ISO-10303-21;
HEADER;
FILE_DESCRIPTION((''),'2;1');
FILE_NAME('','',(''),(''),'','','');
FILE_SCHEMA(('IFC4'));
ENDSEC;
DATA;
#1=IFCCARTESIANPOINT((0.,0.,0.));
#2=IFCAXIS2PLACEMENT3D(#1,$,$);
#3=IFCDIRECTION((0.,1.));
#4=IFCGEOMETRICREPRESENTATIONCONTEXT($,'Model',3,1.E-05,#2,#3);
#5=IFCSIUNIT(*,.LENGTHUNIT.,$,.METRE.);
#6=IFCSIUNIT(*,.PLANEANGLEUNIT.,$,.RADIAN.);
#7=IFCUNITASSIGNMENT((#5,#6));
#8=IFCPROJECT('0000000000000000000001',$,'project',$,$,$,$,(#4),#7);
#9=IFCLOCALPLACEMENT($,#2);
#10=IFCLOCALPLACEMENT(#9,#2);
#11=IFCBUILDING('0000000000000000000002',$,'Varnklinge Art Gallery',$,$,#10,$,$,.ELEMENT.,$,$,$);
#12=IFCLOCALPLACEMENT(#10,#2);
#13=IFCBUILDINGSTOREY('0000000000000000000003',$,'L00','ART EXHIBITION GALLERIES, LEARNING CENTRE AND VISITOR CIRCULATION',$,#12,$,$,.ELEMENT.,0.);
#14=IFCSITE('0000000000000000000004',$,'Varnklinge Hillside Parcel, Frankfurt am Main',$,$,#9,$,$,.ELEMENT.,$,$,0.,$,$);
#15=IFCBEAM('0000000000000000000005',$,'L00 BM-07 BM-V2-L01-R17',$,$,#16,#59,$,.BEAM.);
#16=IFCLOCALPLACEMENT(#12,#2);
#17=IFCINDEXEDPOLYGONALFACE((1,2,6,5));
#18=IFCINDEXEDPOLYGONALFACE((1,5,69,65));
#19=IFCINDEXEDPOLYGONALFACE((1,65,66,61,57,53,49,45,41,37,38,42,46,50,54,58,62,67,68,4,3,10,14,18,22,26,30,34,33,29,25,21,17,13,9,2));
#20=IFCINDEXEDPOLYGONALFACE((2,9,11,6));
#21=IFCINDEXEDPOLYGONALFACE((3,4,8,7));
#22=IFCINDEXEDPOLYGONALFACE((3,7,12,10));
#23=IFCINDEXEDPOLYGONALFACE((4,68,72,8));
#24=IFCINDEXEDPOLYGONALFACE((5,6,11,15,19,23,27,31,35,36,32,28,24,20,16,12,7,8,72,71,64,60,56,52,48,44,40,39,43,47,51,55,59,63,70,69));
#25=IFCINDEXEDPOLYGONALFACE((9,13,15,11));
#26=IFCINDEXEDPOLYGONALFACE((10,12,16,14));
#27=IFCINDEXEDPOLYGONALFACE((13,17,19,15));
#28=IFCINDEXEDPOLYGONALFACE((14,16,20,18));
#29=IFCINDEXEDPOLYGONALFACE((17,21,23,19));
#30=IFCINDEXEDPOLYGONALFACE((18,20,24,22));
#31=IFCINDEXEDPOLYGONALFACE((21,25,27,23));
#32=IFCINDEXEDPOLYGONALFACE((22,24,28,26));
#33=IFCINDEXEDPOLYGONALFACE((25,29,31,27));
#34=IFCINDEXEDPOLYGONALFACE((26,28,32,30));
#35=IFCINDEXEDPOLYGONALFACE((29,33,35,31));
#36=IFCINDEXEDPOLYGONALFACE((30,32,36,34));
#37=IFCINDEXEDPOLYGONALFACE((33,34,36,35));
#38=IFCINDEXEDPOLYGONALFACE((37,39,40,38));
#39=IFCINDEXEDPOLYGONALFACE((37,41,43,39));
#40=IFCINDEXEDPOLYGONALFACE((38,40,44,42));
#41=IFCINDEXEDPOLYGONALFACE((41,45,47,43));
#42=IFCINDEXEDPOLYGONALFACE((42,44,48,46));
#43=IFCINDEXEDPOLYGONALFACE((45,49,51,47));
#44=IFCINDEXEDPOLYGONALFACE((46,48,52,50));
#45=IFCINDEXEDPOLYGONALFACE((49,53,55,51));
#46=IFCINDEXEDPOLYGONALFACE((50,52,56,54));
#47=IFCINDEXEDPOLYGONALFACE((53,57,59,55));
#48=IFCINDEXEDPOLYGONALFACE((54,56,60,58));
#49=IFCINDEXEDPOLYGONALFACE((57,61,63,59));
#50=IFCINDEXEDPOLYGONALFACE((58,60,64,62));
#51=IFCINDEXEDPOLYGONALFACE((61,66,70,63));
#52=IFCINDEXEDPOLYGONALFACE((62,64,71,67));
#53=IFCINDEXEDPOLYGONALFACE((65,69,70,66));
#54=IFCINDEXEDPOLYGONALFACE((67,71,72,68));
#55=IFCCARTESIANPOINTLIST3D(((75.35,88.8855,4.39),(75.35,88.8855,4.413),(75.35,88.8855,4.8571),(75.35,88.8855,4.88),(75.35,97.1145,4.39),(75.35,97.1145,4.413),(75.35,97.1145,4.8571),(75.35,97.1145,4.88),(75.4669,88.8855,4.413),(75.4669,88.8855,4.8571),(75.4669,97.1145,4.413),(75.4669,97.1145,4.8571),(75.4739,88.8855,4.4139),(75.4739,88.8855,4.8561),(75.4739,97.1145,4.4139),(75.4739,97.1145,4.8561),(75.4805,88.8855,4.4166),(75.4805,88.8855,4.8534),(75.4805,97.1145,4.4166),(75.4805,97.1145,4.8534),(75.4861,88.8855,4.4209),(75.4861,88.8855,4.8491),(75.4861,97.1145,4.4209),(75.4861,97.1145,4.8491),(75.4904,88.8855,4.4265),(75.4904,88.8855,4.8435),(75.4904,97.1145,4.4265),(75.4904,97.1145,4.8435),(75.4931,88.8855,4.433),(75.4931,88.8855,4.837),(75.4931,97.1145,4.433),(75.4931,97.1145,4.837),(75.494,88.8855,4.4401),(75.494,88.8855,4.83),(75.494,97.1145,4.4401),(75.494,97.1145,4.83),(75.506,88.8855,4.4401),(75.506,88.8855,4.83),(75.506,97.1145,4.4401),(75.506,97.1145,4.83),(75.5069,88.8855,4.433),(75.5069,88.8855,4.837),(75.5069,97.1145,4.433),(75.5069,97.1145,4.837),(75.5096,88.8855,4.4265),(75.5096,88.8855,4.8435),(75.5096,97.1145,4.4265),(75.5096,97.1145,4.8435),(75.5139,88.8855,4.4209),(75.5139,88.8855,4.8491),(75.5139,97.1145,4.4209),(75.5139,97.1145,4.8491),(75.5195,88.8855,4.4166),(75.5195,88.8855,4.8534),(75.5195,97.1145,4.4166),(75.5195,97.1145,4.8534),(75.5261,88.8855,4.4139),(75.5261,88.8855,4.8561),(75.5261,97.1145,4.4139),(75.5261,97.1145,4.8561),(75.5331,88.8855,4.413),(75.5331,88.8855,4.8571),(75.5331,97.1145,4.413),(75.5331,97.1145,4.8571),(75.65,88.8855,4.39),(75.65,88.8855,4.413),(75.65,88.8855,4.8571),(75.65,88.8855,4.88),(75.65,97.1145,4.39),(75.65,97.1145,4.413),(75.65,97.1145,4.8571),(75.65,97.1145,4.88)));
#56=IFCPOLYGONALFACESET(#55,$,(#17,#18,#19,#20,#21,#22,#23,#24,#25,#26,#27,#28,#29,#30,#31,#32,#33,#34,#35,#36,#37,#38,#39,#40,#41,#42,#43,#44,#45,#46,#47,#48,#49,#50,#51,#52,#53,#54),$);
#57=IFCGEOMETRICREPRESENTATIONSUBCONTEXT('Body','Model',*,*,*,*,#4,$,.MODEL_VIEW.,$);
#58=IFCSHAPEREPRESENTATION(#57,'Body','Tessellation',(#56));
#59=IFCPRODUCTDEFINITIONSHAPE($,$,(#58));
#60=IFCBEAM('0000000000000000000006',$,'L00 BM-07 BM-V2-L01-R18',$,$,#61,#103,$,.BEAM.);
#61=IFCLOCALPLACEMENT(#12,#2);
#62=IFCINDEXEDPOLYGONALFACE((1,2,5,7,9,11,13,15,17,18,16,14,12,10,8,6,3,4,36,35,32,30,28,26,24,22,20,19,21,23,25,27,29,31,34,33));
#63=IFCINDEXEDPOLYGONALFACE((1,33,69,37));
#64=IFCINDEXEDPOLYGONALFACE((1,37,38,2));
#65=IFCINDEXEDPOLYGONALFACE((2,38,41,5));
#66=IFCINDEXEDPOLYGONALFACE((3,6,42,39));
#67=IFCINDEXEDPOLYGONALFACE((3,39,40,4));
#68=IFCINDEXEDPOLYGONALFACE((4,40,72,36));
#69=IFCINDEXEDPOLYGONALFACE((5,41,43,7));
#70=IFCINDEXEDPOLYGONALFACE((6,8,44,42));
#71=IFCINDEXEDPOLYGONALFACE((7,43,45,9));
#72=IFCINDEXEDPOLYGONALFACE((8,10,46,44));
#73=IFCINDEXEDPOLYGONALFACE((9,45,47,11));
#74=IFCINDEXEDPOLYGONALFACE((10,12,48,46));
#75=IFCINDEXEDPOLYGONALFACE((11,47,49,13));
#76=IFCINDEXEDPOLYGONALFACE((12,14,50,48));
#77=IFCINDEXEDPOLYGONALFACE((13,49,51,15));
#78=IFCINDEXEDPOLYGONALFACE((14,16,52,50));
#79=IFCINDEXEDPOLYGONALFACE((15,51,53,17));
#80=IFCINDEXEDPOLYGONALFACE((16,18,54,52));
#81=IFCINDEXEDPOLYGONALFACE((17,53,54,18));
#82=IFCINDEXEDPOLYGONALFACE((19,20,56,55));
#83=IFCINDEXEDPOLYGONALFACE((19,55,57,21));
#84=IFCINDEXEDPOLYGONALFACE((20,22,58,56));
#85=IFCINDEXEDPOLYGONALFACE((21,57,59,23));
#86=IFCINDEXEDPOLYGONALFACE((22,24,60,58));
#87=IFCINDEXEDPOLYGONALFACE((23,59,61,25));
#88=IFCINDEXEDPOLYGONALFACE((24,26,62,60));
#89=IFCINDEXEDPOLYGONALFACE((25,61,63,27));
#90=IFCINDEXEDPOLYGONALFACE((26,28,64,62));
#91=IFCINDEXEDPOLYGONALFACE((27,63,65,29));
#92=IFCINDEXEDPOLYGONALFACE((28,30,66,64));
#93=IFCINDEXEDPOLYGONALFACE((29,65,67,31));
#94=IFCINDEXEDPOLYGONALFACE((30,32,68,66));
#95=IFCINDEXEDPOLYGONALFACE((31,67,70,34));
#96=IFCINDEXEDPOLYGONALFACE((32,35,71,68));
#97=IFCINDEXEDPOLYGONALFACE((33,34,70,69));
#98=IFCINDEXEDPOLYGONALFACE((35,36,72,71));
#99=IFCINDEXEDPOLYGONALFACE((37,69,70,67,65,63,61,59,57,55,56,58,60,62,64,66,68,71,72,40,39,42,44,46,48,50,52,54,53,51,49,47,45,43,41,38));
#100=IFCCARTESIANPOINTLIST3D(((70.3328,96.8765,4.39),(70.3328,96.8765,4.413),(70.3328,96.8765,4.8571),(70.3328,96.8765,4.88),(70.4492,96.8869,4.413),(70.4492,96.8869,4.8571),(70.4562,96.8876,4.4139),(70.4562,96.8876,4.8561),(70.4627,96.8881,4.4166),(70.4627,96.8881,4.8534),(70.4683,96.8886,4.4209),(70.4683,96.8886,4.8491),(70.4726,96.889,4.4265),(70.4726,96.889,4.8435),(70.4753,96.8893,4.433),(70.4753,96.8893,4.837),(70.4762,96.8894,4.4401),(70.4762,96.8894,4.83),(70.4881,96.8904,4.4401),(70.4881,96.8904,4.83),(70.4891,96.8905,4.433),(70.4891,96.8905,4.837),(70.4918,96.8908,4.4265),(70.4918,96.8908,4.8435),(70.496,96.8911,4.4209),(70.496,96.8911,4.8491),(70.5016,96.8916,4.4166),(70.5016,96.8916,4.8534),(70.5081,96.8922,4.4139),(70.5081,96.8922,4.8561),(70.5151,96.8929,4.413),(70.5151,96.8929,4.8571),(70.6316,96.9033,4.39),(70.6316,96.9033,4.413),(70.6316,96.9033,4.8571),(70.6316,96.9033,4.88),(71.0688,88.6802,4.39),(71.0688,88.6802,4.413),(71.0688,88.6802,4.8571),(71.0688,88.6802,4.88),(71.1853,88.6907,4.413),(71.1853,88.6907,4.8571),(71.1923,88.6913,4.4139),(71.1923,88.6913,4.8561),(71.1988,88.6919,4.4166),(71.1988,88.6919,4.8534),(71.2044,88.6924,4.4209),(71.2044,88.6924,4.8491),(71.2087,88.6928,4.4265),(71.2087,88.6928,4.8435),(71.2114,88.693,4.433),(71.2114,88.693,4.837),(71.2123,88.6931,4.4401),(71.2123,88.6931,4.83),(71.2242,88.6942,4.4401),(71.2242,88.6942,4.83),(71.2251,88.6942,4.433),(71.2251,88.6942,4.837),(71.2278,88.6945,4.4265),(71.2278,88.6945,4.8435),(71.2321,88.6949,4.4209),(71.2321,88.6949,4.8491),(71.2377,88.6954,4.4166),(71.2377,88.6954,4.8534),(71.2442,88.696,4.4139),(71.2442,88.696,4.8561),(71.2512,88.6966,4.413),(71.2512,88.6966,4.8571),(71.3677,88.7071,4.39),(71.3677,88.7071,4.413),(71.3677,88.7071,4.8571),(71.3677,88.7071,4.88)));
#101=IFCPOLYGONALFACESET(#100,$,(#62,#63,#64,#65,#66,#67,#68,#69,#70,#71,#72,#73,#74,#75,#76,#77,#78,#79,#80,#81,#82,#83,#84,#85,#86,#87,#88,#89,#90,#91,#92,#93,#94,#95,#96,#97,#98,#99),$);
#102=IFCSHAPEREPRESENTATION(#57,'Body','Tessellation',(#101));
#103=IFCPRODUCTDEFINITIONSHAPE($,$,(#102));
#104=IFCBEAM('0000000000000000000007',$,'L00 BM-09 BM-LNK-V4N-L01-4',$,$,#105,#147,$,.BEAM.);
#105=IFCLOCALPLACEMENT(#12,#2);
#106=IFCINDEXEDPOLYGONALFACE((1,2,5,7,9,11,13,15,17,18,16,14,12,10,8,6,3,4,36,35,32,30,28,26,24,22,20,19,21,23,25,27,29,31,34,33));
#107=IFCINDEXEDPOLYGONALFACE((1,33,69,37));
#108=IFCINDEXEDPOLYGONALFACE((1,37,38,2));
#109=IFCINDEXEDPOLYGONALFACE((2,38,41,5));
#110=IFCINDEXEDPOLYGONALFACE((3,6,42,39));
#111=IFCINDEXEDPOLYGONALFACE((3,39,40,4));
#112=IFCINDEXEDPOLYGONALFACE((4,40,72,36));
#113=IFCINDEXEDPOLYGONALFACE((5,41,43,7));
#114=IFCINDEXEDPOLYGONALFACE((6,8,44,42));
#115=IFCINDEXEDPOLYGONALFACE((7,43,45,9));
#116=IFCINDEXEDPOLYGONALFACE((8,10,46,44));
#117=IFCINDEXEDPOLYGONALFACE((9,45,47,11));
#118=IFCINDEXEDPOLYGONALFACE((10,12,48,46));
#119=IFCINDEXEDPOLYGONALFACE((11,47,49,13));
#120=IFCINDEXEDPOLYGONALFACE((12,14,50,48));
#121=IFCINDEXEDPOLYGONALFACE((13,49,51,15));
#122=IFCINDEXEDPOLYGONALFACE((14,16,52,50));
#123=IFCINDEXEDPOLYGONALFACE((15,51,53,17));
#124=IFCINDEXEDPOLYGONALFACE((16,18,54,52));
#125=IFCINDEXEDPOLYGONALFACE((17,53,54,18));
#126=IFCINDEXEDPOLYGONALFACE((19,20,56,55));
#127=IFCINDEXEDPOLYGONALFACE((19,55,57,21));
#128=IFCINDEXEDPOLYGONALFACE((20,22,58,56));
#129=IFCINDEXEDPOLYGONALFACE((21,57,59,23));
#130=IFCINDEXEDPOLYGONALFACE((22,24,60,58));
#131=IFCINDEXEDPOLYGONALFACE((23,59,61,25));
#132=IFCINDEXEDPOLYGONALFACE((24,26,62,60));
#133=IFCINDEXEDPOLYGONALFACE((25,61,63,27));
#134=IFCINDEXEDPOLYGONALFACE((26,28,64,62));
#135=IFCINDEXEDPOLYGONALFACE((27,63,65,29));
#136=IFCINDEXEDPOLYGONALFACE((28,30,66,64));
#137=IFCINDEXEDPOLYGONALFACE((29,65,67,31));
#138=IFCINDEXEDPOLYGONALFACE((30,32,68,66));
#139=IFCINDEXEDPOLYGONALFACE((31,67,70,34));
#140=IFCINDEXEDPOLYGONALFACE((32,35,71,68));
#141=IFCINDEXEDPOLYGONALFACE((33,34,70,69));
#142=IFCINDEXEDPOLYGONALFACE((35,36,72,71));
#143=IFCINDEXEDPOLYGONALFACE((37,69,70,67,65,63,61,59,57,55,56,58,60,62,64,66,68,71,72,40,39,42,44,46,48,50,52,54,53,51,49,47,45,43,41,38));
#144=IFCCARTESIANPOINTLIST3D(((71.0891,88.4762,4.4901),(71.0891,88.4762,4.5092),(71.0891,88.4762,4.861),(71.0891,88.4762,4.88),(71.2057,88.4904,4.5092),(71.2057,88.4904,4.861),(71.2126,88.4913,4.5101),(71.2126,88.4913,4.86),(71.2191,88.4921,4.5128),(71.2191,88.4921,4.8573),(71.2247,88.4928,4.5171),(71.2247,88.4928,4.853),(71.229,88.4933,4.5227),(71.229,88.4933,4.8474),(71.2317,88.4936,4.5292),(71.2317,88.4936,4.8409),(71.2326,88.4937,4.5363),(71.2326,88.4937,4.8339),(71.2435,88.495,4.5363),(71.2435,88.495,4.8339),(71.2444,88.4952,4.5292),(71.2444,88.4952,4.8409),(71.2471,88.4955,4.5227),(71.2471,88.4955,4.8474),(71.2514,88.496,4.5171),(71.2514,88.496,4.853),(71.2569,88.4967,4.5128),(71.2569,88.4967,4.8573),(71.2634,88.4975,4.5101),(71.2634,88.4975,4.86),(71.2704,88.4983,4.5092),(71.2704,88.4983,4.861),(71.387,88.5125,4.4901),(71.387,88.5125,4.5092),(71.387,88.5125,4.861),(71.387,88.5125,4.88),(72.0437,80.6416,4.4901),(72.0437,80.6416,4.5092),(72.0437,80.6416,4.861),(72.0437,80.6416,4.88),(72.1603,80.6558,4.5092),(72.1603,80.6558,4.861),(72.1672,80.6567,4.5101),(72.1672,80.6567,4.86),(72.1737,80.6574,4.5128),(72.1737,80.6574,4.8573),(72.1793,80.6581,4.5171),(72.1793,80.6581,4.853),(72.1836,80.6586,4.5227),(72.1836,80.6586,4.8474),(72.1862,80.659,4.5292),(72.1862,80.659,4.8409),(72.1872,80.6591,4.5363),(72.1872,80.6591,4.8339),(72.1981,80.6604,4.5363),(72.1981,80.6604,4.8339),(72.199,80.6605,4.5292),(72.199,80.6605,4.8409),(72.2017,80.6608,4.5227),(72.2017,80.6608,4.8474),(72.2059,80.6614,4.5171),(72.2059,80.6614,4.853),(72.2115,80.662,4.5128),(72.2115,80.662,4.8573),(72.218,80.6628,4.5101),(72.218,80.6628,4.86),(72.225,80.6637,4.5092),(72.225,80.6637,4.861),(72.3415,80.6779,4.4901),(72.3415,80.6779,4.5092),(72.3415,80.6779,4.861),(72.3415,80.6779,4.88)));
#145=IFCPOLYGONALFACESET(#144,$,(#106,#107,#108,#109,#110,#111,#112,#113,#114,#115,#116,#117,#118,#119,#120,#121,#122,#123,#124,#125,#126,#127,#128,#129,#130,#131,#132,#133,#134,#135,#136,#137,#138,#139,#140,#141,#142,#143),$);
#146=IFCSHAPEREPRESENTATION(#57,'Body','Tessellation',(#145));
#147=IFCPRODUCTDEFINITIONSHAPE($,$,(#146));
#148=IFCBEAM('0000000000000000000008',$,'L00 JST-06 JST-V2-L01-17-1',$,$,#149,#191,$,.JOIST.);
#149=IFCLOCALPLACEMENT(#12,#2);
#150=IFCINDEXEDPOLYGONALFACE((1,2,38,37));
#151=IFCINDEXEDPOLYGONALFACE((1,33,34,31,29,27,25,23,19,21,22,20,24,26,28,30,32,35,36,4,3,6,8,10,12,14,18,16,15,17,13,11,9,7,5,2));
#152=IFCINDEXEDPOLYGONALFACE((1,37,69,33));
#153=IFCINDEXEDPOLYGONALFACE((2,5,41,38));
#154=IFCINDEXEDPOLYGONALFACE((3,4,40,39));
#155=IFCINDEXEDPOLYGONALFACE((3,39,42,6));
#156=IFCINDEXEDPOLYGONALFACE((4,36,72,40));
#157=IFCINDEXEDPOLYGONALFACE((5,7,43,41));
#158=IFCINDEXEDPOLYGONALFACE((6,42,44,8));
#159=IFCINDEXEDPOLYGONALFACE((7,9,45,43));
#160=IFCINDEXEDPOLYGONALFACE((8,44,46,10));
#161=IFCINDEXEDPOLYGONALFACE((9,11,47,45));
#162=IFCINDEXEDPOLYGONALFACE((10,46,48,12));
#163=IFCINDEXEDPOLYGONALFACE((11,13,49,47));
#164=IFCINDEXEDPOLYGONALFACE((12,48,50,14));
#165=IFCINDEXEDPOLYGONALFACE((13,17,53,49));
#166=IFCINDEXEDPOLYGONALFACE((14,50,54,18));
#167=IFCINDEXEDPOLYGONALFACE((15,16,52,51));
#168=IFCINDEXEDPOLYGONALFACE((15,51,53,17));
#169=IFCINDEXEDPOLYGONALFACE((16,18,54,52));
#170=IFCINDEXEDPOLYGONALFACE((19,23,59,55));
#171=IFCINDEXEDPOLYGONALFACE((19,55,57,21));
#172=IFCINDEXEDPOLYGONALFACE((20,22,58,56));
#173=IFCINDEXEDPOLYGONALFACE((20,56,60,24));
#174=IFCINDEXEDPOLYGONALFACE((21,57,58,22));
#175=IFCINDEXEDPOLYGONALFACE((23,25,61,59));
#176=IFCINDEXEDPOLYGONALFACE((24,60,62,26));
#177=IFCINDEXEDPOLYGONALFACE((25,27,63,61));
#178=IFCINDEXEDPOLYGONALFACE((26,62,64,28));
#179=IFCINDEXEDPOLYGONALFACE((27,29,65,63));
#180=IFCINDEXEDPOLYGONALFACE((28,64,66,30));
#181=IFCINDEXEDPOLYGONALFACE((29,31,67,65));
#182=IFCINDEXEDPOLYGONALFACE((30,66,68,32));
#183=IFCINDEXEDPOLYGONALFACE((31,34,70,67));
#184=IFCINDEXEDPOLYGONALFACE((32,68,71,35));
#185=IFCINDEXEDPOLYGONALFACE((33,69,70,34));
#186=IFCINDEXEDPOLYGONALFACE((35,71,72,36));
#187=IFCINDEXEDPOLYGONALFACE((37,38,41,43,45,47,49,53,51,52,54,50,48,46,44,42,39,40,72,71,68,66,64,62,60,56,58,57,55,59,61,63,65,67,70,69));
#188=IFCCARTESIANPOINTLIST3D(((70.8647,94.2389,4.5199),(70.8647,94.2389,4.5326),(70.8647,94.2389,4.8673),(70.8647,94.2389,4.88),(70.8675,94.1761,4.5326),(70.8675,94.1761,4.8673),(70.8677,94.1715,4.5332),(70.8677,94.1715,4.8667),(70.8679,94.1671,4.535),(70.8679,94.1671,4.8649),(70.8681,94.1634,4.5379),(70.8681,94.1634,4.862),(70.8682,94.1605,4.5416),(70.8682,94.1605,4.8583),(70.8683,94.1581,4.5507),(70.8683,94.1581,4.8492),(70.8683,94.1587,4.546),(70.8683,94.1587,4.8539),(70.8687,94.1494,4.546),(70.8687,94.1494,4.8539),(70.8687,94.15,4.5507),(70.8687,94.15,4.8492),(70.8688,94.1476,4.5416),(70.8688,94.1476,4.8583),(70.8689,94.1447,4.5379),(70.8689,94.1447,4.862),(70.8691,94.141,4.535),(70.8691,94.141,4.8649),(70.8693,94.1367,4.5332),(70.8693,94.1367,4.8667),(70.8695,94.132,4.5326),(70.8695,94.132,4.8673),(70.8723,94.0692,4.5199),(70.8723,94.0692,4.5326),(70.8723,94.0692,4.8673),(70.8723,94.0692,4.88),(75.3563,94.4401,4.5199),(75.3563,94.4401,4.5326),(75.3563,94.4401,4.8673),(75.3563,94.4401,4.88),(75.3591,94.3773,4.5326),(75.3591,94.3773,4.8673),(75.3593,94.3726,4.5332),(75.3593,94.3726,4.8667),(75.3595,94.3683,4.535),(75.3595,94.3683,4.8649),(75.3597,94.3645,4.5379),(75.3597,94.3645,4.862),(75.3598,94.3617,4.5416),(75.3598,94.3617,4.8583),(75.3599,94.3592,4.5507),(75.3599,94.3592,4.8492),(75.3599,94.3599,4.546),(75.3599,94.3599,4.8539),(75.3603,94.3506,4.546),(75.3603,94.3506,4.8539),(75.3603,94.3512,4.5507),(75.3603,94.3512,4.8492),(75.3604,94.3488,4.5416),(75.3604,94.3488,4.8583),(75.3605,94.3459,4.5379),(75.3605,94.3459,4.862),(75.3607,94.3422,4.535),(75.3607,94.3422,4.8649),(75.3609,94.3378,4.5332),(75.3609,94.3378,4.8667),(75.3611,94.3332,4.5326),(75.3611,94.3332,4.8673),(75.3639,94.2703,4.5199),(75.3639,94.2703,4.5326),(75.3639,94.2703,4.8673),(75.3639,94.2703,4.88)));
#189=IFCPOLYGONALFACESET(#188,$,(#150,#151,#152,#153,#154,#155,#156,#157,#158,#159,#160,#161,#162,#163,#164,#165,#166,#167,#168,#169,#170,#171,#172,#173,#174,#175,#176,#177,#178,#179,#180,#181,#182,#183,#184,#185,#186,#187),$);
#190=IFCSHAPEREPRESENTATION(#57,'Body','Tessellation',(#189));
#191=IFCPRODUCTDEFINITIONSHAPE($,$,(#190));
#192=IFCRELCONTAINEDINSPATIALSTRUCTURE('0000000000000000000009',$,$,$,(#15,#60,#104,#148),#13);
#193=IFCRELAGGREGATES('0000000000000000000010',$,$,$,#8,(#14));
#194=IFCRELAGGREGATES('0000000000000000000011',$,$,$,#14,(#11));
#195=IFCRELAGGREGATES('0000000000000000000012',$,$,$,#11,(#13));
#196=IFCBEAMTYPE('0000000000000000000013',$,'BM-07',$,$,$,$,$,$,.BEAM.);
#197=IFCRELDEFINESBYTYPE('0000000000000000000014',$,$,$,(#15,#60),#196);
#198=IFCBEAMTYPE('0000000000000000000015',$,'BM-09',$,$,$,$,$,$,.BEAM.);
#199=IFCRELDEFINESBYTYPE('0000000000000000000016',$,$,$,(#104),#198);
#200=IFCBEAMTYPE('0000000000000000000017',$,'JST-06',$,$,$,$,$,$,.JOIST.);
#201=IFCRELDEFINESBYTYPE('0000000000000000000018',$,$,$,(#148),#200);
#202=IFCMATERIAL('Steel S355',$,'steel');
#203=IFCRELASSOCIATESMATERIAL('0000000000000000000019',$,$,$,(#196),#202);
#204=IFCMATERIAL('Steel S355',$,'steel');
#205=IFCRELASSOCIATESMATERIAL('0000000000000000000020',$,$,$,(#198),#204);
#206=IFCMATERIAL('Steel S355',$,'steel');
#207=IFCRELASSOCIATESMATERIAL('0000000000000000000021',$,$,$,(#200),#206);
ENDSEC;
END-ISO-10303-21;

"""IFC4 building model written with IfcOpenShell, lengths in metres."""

from ifc_helpers import new_model, si_unit, direction, frame, origin, origin_2d, place, context, subcontext, project, spatial, i_section, extrude, material, material_profile, profile_set, type_object, element, save


model = new_model("IFC4")

# Units and contexts
model_context = context("Model", 3, precision=1e-05, world=origin(), true_north=direction((0.0, 1.0)))
body_context = subcontext(model_context, "Body", "Model", "MODEL_VIEW")
ifc_project = project(units=[si_unit("LENGTHUNIT", "METRE"), si_unit("PLANEANGLEUNIT", "RADIAN")], contexts=[model_context])

# Site, building, storey
site_placement = place(None, origin())
site = spatial("IfcSite", under=ifc_project, at=site_placement, Name="Varnklinge Hillside Parcel, Frankfurt am Main", CompositionType="ELEMENT", RefElevation=0.0)
building_placement = place(site_placement, origin())
building = spatial("IfcBuilding", under=site, at=building_placement, Name="Varnklinge Art Gallery", CompositionType="ELEMENT")
storey_placement = place(building_placement, origin())
storey = spatial("IfcBuildingStorey", under=building, at=storey_placement, Name="L00", Description="ART EXHIBITION GALLERIES, LEARNING CENTRE AND VISITOR CIRCULATION", CompositionType="ELEMENT", Elevation=0.0)

# Beams
ifc_material_1 = material(Name="Steel S355", Category="steel")
ifc_material_profile_1 = material_profile(ifc_material_1, i_section(OverallWidth=0.3, OverallDepth=0.49, WebThickness=0.012, FlangeThickness=0.0229, FilletRadius=0.0271, at=origin_2d()), Name="HEA 500")
ifc_profile_set_1 = profile_set([ifc_material_profile_1], Name="Steel S355")
beam_type_1 = type_object("IfcBeamType", Name="BM-07", PredefinedType="BEAM", material=ifc_profile_set_1)
beam_1_placement = place(storey_placement, frame((75.5, 97.1145, 4.635), z_axis=(0.0, -1.0, 0.0), x_axis=(1.0, 0.0, 0.0)))
element("IfcBeam", 1, at=beam_1_placement, inside=storey, type_object=beam_type_1, Name="L00 BM-07 BM-V2-L01-R17", PredefinedType="BEAM", context=body_context, shape_type="SweptSolid", body=[
    extrude(i_section(OverallWidth=0.3, OverallDepth=0.49, WebThickness=0.012, FlangeThickness=0.0229, FilletRadius=0.0271, at=origin_2d()), origin(), (0.0, 0.0, 1.0), 8.229),
])
beam_2_placement = place(storey_placement, frame((70.4822, 96.8899, 4.635), z_axis=(0.089447, -0.995992, 0.0), x_axis=(0.995992, 0.089447, 0.0)))
element("IfcBeam", 2, at=beam_2_placement, inside=storey, type_object=beam_type_1, Name="L00 BM-07 BM-V2-L01-R18", PredefinedType="BEAM", context=body_context, shape_type="SweptSolid", body=[
    extrude(i_section(OverallWidth=0.3, OverallDepth=0.49, WebThickness=0.012, FlangeThickness=0.0229, FilletRadius=0.0271, at=origin_2d()), origin(), (0.0, 0.0, 1.0), 8.2292),
])
ifc_material_2 = material(Name="Steel S355", Category="steel")
ifc_material_profile_2 = material_profile(ifc_material_2, i_section(OverallWidth=0.3, OverallDepth=0.3899, WebThickness=0.011, FlangeThickness=0.019, FilletRadius=0.0271, at=origin_2d()), Name="HEA 400")
ifc_profile_set_2 = profile_set([ifc_material_profile_2], Name="Steel S355")
beam_type_2 = type_object("IfcBeamType", Name="BM-09", PredefinedType="BEAM", material=ifc_profile_set_2)
beam_3_placement = place(storey_placement, frame((71.238, 88.4944, 4.6851), z_axis=(0.120947, -0.992659, 0.0), x_axis=(0.992659, 0.120947, 0.0)))
element("IfcBeam", 3, at=beam_3_placement, inside=storey, type_object=beam_type_2, Name="L00 BM-09 BM-LNK-V4N-L01-4", PredefinedType="BEAM", context=body_context, shape_type="SweptSolid", body=[
    extrude(i_section(OverallWidth=0.3, OverallDepth=0.3899, WebThickness=0.011, FlangeThickness=0.019, FilletRadius=0.0271, at=origin_2d()), origin(), (0.0, 0.0, 1.0), 7.8926),
])
ifc_material_3 = material(Name="Steel S355", Category="steel")
ifc_material_profile_3 = material_profile(ifc_material_3, i_section(OverallWidth=0.1699, OverallDepth=0.3601, WebThickness=0.0081, FlangeThickness=0.0127, FilletRadius=0.0181, at=origin_2d()), Name="IPE 360")
ifc_profile_set_3 = profile_set([ifc_material_profile_3], Name="Steel S355")
beam_type_3 = type_object("IfcBeamType", Name="JST-06", PredefinedType="JOIST", material=ifc_profile_set_3)
beam_4_placement = place(storey_placement, frame((75.3601, 94.3552, 4.7), z_axis=(-0.998999, -0.044743, 0.0), x_axis=(0.044743, -0.998999, 0.0)))
element("IfcBeam", 4, at=beam_4_placement, inside=storey, type_object=beam_type_3, Name="L00 JST-06 JST-V2-L01-17-1", PredefinedType="JOIST", context=body_context, shape_type="SweptSolid", body=[
    extrude(i_section(OverallWidth=0.1699, OverallDepth=0.3601, WebThickness=0.0081, FlangeThickness=0.0127, FilletRadius=0.0181, at=origin_2d()), origin(), (0.0, 0.0, 1.0), 4.4961),
])

save(model, "model.ifc")
